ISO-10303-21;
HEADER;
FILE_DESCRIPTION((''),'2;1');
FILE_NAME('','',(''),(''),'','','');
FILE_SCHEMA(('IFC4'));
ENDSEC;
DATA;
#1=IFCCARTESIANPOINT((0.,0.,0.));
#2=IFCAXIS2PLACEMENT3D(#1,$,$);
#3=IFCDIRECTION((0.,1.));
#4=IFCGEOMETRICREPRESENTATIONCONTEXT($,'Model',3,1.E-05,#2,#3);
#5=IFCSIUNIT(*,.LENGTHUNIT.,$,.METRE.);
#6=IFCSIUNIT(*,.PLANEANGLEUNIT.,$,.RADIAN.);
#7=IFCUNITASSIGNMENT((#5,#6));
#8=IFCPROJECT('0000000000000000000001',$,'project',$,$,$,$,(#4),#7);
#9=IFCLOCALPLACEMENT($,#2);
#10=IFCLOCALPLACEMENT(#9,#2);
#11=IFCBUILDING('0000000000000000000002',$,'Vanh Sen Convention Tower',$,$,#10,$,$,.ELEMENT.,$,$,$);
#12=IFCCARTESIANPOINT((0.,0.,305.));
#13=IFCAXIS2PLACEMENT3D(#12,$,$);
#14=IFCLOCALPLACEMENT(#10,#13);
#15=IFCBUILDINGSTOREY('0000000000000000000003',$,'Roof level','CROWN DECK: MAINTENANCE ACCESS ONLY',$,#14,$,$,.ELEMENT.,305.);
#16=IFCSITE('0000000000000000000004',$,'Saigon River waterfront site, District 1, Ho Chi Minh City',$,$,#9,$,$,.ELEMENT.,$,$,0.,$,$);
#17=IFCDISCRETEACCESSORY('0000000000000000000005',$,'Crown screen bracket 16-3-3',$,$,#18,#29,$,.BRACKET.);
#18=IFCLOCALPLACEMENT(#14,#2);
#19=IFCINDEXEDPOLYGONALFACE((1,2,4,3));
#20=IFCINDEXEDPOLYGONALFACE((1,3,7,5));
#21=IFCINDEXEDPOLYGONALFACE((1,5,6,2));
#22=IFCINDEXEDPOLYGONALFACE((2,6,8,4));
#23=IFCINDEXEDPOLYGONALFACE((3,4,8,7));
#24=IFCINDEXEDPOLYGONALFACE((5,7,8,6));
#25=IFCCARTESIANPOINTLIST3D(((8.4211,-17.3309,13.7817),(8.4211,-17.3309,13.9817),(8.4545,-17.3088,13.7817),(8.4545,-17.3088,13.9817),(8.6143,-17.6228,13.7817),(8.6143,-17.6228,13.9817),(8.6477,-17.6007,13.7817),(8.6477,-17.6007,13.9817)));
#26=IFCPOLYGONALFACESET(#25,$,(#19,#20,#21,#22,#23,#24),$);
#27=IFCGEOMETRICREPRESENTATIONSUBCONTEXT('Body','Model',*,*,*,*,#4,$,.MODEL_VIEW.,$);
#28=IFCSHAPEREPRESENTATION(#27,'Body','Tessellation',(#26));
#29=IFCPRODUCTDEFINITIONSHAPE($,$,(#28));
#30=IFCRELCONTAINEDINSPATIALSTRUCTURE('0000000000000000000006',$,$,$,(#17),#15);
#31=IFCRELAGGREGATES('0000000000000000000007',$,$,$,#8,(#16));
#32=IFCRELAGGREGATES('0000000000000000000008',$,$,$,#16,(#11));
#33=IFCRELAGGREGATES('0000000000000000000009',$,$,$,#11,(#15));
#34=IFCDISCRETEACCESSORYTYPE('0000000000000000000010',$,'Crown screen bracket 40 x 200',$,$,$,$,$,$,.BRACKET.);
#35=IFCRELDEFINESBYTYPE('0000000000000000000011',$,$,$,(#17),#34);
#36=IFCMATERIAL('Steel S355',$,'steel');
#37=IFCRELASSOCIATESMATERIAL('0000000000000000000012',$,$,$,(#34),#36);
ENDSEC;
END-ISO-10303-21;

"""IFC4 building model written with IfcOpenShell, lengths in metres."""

from ifc_helpers import new_model, si_unit, direction, frame, origin, origin_2d, place, context, subcontext, project, spatial, rectangle, extrude, material, type_object, element, save


model = new_model("IFC4")

# Units and contexts
model_context = context("Model", 3, precision=1e-05, world=origin(), true_north=direction((0.0, 1.0)))
body_context = subcontext(model_context, "Body", "Model", "MODEL_VIEW")
ifc_project = project(units=[si_unit("LENGTHUNIT", "METRE"), si_unit("PLANEANGLEUNIT", "RADIAN")], contexts=[model_context])

# Site, building, storey
site_placement = place(None, origin())
site = spatial("IfcSite", under=ifc_project, at=site_placement, Name="Saigon River waterfront site, District 1, Ho Chi Minh City", CompositionType="ELEMENT", RefElevation=0.0)
building_placement = place(site_placement, origin())
building = spatial("IfcBuilding", under=site, at=building_placement, Name="Vanh Sen Convention Tower", CompositionType="ELEMENT")
storey_placement = place(building_placement, frame((0.0, 0.0, 305.0)))
storey = spatial("IfcBuildingStorey", under=building, at=storey_placement, Name="Roof level", Description="CROWN DECK: MAINTENANCE ACCESS ONLY", CompositionType="ELEMENT", Elevation=305.0)

# Discrete accessory
ifc_material_1 = material(Name="Steel S355", Category="steel")
discrete_accessory_type_1 = type_object("IfcDiscreteAccessoryType", Name="Crown screen bracket 40 x 200", PredefinedType="BRACKET", material=ifc_material_1)
discrete_accessory_1_placement = place(storey_placement, frame((8.5344, -17.4658, 13.7817), z_axis=(0.0, 0.0, 1.0), x_axis=(0.55193, -0.833891, 0.0)))
element("IfcDiscreteAccessory", 1, at=discrete_accessory_1_placement, inside=storey, type_object=discrete_accessory_type_1, Name="Crown screen bracket 16-3-3", PredefinedType="BRACKET", context=body_context, shape_type="SweptSolid", body=[
    extrude(rectangle(XDim=0.3501, YDim=0.04, at=origin_2d()), origin(), (0.0, 0.0, 1.0), 0.2),
])

save(model, "model.ifc")
